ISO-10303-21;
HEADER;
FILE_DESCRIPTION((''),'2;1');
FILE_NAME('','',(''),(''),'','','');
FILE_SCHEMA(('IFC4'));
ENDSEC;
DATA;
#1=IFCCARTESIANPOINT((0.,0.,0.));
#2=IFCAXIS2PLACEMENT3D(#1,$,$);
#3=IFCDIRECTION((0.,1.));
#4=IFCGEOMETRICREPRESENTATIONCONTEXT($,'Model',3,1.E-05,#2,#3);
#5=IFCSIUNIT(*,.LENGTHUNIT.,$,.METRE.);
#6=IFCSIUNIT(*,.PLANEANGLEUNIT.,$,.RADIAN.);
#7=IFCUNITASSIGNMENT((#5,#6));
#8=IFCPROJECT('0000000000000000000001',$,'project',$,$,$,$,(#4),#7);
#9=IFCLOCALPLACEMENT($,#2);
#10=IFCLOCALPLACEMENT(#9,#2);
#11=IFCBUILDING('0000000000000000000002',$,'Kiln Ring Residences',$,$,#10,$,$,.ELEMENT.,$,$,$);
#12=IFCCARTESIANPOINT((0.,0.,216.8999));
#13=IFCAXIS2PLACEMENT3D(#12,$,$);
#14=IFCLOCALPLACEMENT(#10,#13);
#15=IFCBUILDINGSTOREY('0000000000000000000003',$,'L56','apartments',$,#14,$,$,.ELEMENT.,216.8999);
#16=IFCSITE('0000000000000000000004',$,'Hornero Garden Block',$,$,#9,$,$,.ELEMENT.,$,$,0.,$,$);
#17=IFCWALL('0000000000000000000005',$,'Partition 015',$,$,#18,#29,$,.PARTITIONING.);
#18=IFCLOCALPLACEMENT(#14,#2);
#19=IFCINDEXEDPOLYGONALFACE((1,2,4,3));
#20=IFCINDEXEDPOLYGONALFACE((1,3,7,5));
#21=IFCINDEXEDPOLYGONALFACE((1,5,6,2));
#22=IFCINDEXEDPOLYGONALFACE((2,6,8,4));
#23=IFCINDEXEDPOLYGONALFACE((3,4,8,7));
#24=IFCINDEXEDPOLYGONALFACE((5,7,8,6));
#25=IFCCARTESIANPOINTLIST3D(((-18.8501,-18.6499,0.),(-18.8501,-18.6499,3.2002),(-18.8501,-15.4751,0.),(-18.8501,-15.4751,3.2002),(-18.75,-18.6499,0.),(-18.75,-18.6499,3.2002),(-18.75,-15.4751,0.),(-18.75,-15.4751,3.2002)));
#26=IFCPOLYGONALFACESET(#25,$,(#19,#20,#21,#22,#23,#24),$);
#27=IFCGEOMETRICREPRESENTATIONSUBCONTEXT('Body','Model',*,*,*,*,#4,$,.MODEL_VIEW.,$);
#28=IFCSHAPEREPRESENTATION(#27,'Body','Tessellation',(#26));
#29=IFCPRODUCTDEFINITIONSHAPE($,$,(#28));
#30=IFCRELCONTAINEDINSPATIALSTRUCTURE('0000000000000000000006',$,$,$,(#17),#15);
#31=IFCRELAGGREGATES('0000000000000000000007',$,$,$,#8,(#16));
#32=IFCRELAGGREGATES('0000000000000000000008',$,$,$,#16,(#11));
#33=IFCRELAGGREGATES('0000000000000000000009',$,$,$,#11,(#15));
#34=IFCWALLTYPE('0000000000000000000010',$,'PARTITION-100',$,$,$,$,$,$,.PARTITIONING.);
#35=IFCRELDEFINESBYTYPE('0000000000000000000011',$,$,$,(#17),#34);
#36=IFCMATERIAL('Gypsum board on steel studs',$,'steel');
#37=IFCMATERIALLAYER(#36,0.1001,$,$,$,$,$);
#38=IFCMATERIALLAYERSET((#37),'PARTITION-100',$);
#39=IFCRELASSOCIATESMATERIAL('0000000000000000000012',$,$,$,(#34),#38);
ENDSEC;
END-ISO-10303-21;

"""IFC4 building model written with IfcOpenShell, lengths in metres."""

from ifc_helpers import new_model, si_unit, direction, frame, frame_2d, origin, place, context, subcontext, project, spatial, rectangle, extrude, material, layer, layer_set, type_object, element, save


model = new_model("IFC4")

# Units and contexts
model_context = context("Model", 3, precision=1e-05, world=origin(), true_north=direction((0.0, 1.0)))
body_context = subcontext(model_context, "Body", "Model", "MODEL_VIEW")
ifc_project = project(units=[si_unit("LENGTHUNIT", "METRE"), si_unit("PLANEANGLEUNIT", "RADIAN")], contexts=[model_context])

# Site, building, storey
site_placement = place(None, origin())
site = spatial("IfcSite", under=ifc_project, at=site_placement, Name="Hornero Garden Block", CompositionType="ELEMENT", RefElevation=0.0)
building_placement = place(site_placement, origin())
building = spatial("IfcBuilding", under=site, at=building_placement, Name="Kiln Ring Residences", CompositionType="ELEMENT")
storey_placement = place(building_placement, frame((0.0, 0.0, 216.8999)))
storey = spatial("IfcBuildingStorey", under=building, at=storey_placement, Name="L56", Description="apartments", CompositionType="ELEMENT", Elevation=216.8999)

# Shared definitions
ifc_material_1 = material(Name="Gypsum board on steel studs", Category="steel")
ifc_layer_1 = layer(ifc_material_1, 0.1001)
ifc_layer_set_1 = layer_set([ifc_layer_1], Name="PARTITION-100")
wall_type_1 = type_object("IfcWallType", Name="PARTITION-100", PredefinedType="PARTITIONING", material=ifc_layer_set_1)

# Wall
wall_1_placement = place(storey_placement, frame((-18.8, -18.6499, 0.0), z_axis=(0.0, 0.0, 1.0), x_axis=(0.0, 1.0, 0.0)))
element("IfcWall", 1, at=wall_1_placement, inside=storey, type_object=wall_type_1, Name="Partition 015", PredefinedType="PARTITIONING", context=body_context, shape_type="SweptSolid", body=[
    extrude(rectangle(XDim=3.1748, YDim=0.1001, at=frame_2d((1.5874, 0.0))), origin(), (0.0, 0.0, 1.0), 3.2002),
])

save(model, "model.ifc")
